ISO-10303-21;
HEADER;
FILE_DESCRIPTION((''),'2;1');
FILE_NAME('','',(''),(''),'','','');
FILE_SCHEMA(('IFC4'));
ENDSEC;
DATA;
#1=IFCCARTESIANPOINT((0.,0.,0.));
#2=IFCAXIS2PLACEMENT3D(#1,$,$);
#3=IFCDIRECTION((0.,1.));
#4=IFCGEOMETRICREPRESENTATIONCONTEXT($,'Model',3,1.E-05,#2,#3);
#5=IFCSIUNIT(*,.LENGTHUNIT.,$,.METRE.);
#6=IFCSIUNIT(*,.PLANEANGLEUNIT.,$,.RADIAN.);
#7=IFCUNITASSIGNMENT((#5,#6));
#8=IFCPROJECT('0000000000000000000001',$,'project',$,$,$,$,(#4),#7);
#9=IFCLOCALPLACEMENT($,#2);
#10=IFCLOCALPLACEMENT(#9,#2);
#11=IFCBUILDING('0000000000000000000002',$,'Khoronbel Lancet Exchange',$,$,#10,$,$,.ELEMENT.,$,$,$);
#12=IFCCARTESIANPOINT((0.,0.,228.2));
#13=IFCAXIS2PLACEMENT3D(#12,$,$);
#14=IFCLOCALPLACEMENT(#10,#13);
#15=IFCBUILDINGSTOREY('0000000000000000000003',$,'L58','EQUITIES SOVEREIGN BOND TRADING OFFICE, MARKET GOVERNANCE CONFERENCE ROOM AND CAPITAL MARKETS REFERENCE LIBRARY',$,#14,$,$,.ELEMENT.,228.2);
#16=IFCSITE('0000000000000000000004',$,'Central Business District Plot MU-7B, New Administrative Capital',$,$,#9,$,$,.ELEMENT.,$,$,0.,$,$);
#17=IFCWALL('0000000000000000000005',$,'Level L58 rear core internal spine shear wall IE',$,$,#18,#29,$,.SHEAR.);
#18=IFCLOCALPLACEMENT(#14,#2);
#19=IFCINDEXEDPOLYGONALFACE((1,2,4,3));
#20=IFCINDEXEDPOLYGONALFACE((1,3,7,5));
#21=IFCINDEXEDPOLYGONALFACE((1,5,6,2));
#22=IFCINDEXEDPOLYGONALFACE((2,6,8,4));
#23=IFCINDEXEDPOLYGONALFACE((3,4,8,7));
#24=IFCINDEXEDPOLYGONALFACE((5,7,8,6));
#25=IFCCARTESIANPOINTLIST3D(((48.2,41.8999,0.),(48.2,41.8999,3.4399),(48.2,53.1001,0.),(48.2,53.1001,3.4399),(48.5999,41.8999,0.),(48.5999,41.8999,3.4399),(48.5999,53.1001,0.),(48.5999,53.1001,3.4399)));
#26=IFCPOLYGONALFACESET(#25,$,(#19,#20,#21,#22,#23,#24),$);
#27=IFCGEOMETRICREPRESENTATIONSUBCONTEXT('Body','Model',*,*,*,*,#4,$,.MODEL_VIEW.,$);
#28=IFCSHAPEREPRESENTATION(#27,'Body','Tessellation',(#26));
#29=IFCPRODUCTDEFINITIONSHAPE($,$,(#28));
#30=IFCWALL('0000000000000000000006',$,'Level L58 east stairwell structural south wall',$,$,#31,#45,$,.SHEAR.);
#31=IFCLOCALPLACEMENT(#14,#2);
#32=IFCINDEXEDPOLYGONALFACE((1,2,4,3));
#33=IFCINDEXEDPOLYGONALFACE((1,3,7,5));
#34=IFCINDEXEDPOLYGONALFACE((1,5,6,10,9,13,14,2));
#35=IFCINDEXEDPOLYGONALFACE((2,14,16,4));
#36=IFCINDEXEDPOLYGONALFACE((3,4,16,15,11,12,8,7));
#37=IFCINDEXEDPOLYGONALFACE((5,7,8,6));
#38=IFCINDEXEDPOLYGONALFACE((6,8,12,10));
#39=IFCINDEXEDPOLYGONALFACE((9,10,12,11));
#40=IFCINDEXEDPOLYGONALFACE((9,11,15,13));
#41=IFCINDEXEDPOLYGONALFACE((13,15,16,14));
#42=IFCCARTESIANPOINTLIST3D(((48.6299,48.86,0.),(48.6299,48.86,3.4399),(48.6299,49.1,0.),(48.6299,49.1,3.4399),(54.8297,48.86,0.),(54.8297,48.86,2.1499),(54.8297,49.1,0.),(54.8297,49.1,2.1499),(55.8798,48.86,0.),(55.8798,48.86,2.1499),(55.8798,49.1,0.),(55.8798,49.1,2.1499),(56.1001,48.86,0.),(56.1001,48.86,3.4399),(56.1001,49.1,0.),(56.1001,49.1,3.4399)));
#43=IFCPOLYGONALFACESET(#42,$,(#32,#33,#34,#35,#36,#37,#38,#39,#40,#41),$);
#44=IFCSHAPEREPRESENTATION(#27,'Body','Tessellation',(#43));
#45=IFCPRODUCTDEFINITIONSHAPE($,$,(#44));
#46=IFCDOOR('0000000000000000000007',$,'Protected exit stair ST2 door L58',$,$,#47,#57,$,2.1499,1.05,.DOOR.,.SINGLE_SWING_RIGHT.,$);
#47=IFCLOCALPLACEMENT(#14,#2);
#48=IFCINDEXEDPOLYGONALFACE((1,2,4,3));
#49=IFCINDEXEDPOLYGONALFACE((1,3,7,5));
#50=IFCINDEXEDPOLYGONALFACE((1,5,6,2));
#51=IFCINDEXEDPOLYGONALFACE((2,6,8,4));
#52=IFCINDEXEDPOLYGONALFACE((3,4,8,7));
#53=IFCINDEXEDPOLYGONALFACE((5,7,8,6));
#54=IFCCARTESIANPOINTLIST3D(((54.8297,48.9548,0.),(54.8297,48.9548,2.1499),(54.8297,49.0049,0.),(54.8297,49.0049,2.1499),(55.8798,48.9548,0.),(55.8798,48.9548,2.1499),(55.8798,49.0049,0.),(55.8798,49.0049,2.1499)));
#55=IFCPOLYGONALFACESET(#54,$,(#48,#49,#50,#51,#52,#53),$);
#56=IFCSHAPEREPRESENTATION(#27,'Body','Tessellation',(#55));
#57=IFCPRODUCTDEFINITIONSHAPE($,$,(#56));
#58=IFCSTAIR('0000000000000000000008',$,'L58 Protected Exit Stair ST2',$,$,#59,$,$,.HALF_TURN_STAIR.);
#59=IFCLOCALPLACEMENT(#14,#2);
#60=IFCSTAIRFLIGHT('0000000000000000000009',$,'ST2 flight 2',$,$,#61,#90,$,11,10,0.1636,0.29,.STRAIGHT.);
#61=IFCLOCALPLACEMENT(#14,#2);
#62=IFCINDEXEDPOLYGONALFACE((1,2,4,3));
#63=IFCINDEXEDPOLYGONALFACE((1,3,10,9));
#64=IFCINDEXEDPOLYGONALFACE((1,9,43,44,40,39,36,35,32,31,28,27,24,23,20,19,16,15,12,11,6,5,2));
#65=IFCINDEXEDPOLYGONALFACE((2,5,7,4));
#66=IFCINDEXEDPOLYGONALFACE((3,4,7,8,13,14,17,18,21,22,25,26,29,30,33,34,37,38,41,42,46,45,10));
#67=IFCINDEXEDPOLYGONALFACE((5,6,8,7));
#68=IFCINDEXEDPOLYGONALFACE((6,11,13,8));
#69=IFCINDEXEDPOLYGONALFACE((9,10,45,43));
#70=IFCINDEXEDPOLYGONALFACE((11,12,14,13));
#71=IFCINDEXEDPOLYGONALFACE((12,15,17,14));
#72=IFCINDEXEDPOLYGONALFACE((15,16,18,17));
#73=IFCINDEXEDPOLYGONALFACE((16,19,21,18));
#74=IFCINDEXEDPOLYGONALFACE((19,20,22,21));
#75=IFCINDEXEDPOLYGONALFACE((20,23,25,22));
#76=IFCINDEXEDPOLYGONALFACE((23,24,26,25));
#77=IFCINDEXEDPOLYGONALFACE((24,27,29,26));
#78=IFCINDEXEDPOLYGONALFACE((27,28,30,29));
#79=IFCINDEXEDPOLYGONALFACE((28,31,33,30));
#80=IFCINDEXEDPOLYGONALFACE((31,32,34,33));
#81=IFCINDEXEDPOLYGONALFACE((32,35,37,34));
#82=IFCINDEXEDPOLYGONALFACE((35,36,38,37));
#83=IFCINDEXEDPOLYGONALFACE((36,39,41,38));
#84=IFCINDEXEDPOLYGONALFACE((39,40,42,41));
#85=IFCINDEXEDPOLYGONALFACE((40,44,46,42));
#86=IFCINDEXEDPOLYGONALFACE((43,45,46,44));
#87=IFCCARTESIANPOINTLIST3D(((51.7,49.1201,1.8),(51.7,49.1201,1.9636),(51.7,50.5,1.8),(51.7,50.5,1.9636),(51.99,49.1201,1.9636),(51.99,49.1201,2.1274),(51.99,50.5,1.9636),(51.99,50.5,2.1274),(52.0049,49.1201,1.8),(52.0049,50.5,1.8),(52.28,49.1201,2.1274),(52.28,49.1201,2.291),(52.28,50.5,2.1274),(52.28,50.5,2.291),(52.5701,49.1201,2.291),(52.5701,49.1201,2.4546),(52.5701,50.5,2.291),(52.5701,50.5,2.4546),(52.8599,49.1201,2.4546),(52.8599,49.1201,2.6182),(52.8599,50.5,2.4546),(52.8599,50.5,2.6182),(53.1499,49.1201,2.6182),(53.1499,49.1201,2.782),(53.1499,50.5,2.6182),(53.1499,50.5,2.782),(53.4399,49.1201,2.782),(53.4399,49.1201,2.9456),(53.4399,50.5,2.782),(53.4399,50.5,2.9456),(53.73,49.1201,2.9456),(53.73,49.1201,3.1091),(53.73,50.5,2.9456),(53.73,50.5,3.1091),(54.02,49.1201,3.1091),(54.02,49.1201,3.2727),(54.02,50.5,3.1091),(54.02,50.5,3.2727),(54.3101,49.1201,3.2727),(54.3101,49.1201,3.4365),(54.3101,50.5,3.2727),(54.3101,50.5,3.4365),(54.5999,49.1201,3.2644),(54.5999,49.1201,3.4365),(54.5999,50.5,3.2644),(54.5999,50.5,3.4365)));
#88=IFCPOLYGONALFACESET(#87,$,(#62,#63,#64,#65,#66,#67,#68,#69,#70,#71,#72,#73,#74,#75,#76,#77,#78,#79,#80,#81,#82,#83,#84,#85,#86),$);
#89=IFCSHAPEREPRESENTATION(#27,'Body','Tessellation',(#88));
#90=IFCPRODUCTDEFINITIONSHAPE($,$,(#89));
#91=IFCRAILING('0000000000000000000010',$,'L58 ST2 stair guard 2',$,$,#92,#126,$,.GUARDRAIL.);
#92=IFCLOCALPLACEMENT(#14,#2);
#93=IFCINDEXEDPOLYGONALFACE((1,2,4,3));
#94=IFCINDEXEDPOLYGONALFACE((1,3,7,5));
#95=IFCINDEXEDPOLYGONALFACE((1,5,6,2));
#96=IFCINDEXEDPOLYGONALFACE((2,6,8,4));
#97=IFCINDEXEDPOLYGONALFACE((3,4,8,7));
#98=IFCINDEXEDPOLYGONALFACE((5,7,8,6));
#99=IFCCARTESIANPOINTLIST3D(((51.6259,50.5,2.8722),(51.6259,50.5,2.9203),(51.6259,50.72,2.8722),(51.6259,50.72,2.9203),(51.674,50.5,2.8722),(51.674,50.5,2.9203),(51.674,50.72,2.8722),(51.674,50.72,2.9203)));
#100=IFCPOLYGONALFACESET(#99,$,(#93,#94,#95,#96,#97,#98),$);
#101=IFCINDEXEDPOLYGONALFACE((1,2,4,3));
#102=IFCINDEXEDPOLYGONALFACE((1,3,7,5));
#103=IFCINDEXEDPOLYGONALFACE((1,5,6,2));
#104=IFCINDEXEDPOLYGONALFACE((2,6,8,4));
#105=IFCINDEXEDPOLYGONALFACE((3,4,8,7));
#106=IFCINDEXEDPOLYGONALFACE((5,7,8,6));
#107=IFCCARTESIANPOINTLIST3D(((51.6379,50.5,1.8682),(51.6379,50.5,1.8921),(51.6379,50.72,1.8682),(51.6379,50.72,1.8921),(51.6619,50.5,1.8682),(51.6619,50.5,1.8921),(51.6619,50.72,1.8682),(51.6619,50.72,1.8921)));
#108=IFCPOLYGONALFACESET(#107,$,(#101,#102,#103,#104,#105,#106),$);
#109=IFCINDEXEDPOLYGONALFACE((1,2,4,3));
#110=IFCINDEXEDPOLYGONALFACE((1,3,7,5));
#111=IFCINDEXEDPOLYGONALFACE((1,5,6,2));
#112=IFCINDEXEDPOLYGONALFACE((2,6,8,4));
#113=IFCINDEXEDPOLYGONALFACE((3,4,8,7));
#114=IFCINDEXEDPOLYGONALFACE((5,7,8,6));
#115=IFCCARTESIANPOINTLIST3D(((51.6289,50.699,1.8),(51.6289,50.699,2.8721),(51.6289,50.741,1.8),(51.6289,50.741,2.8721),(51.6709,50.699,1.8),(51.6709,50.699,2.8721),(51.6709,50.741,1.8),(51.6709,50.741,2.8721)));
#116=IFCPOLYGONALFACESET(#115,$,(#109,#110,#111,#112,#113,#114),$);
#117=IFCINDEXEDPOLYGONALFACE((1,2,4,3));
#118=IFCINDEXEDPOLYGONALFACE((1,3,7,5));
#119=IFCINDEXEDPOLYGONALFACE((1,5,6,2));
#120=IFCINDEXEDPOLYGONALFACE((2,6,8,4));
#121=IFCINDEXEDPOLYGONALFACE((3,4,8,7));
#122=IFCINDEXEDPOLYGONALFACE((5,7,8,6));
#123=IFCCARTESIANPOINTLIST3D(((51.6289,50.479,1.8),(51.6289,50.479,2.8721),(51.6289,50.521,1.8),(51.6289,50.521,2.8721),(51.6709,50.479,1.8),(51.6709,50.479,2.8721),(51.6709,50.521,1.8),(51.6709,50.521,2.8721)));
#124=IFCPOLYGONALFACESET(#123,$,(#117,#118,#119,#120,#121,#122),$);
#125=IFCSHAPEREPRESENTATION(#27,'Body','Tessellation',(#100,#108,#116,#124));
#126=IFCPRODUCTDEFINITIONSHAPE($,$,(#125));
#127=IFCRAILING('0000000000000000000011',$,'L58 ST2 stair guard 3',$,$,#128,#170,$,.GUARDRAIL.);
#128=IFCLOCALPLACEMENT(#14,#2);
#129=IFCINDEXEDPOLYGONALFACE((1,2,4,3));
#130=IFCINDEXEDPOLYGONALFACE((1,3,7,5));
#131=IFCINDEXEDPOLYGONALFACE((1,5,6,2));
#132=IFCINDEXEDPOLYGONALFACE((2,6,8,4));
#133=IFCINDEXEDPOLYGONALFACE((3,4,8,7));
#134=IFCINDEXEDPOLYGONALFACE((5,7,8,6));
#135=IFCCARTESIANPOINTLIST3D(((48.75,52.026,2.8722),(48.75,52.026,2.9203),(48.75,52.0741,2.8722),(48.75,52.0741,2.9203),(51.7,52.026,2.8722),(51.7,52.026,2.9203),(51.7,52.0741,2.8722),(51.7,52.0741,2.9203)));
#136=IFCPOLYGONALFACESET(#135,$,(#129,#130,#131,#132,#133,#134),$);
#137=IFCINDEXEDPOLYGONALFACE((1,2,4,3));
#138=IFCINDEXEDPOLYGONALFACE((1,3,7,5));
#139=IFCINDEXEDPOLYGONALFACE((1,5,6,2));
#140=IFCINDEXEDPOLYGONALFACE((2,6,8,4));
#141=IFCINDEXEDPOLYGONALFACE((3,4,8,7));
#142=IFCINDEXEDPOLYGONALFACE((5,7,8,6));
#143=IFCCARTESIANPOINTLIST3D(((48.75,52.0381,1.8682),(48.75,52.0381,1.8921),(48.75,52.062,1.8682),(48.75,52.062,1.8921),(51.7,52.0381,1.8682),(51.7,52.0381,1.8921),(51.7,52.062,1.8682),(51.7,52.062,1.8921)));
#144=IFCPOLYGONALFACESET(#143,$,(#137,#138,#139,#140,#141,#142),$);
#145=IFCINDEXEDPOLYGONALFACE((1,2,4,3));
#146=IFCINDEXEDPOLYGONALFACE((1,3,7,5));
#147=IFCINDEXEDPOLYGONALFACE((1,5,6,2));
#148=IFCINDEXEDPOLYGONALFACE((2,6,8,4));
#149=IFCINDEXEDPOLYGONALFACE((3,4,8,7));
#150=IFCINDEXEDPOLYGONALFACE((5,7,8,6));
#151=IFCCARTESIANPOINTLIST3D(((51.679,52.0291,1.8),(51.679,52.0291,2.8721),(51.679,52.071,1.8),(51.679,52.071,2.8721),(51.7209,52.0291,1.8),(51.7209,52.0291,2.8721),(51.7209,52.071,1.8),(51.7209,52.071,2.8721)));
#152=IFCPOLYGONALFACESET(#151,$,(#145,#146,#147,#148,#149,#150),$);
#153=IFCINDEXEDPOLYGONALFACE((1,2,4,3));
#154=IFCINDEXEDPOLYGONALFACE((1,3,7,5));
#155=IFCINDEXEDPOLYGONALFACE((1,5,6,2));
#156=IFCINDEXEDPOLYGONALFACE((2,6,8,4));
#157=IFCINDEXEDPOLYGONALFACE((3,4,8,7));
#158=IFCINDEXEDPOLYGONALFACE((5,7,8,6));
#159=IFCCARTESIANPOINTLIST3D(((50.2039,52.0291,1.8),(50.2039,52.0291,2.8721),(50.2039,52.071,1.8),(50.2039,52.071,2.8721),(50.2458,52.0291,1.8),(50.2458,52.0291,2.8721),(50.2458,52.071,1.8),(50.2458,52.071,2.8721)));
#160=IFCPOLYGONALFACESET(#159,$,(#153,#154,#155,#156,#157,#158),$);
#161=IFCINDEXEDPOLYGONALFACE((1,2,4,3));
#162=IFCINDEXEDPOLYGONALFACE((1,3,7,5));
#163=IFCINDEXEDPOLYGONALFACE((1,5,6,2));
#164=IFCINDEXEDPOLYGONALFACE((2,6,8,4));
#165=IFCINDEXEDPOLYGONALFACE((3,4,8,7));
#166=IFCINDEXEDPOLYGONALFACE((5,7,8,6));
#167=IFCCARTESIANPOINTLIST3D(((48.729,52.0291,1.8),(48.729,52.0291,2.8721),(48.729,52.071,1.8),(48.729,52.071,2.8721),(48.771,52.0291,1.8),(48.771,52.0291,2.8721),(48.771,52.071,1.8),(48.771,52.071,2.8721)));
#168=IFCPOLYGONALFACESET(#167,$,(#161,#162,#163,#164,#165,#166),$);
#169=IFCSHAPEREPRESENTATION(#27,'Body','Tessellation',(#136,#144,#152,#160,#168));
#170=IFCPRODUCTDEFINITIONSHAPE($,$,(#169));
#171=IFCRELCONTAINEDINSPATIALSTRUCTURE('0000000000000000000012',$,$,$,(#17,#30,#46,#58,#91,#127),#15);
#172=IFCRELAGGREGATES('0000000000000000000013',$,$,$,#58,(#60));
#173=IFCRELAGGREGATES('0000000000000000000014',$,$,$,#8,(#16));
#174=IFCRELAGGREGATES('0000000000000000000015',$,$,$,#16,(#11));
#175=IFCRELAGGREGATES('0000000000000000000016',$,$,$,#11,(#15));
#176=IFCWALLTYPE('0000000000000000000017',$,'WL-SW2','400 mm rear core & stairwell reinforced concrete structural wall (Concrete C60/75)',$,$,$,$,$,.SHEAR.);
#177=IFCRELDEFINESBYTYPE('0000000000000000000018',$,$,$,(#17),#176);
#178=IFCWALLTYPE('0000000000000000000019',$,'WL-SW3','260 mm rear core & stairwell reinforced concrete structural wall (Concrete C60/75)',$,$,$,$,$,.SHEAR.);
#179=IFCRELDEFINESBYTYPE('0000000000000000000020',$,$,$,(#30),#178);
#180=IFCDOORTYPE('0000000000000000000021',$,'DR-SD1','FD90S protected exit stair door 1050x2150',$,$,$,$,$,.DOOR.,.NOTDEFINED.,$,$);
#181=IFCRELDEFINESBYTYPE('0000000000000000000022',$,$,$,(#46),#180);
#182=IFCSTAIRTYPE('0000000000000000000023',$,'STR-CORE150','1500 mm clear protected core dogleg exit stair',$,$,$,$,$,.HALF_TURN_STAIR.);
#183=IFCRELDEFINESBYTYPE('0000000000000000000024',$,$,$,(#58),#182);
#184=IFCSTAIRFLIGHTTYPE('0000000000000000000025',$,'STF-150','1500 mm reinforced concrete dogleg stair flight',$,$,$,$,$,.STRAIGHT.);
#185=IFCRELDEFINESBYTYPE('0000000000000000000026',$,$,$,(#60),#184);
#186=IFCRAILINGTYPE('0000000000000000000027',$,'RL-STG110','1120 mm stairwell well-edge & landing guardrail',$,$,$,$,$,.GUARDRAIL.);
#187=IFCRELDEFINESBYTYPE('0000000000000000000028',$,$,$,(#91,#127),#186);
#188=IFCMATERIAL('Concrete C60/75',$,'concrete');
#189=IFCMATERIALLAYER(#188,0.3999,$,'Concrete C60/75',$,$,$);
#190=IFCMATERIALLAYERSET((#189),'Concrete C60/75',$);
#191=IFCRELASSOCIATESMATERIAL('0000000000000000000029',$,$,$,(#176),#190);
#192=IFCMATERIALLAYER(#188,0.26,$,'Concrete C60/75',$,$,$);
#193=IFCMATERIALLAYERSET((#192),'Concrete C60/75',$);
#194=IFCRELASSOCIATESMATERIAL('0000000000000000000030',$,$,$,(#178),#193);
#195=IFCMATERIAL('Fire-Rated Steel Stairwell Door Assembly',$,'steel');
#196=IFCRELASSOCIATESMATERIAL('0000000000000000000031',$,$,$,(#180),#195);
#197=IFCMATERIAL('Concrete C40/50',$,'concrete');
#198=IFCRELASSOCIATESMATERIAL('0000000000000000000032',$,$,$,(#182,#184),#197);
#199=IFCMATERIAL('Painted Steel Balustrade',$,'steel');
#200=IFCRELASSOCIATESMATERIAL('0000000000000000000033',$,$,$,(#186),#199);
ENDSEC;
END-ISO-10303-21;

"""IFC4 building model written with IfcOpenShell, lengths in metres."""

from ifc_helpers import new_model, si_unit, direction, frame, frame_2d, origin, origin_2d, place, context, subcontext, project, spatial, polyline, rectangle, outline, extrude, material, layer, layer_set, type_object, element, fill, aggregate, save


model = new_model("IFC4")

# Units and contexts
model_context = context("Model", 3, precision=1e-05, world=origin(), true_north=direction((0.0, 1.0)))
body_context = subcontext(model_context, "Body", "Model", "MODEL_VIEW")
ifc_project = project(units=[si_unit("LENGTHUNIT", "METRE"), si_unit("PLANEANGLEUNIT", "RADIAN")], contexts=[model_context])

# Site, building, storey
site_placement = place(None, origin())
site = spatial("IfcSite", under=ifc_project, at=site_placement, Name="Central Business District Plot MU-7B, New Administrative Capital", CompositionType="ELEMENT", RefElevation=0.0)
building_placement = place(site_placement, origin())
building = spatial("IfcBuilding", under=site, at=building_placement, Name="Khoronbel Lancet Exchange", CompositionType="ELEMENT")
storey_placement = place(building_placement, frame((0.0, 0.0, 228.2)))
storey = spatial("IfcBuildingStorey", under=building, at=storey_placement, Name="L58", Description="EQUITIES SOVEREIGN BOND TRADING OFFICE, MARKET GOVERNANCE CONFERENCE ROOM AND CAPITAL MARKETS REFERENCE LIBRARY", CompositionType="ELEMENT", Elevation=228.2)

# Wall
ifc_material_1 = material(Name="Concrete C60/75", Category="concrete")
ifc_layer_1 = layer(ifc_material_1, 0.3999, Name="Concrete C60/75")
ifc_layer_set_1 = layer_set([ifc_layer_1], Name="Concrete C60/75")
wall_type_1 = type_object("IfcWallType", Name="WL-SW2", Description="400 mm rear core & stairwell reinforced concrete structural wall (Concrete C60/75)", PredefinedType="SHEAR", material=ifc_layer_set_1)
wall_1_placement = place(storey_placement, frame((48.3999, 41.8999, 0.0), z_axis=(0.0, 0.0, 1.0), x_axis=(0.0, 1.0, 0.0)))
element("IfcWall", 1, at=wall_1_placement, inside=storey, type_object=wall_type_1, Name="Level L58 rear core internal spine shear wall IE", PredefinedType="SHEAR", context=body_context, shape_type="SweptSolid", body=[
    extrude(rectangle(XDim=11.2002, YDim=0.3999, at=frame_2d((5.6001, 0.0))), origin(), (0.0, 0.0, 1.0), 3.4399),
])

# Wall, opening, door
ifc_layer_2 = layer(ifc_material_1, 0.26, Name="Concrete C60/75")
ifc_layer_set_2 = layer_set([ifc_layer_2], Name="Concrete C60/75")
wall_type_2 = type_object("IfcWallType", Name="WL-SW3", Description="260 mm rear core & stairwell reinforced concrete structural wall (Concrete C60/75)", PredefinedType="SHEAR", material=ifc_layer_set_2)
wall_2_placement = place(storey_placement, frame((48.6299, 48.98, 0.0), z_axis=(0.0, 0.0, 1.0), x_axis=(1.0, 0.0, 0.0)))
wall_2 = element("IfcWall", 2, at=wall_2_placement, inside=storey, type_object=wall_type_2, Name="Level L58 east stairwell structural south wall", PredefinedType="SHEAR", context=body_context, shape_type="SweptSolid", body=[
    extrude(rectangle(XDim=7.4702, YDim=0.24, at=frame_2d((3.7351, 0.0))), origin(), (0.0, 0.0, 1.0), 3.4399),
])
opening_1_placement = place(wall_2_placement, frame((6.2, 0.0, 0.0)))
opening_1 = element("IfcOpeningElement", 3, at=opening_1_placement, cuts=wall_2, PredefinedType="OPENING", context=body_context, shape_type="SweptSolid", body=[
    extrude(rectangle(XDim=1.05, YDim=2.1499, at=frame_2d((0.5249, 1.075))), frame((0.0, 0.1299, 0.0), z_axis=(0.0, -1.0, 0.0), x_axis=(1.0, 0.0, 0.0)), (0.0, 0.0, 1.0), 0.26),
])
ifc_material_2 = material(Name="Fire-Rated Steel Stairwell Door Assembly", Category="steel")
door_type_1 = type_object("IfcDoorType", Name="DR-SD1", Description="FD90S protected exit stair door 1050x2150", OperationType="NOTDEFINED", PredefinedType="DOOR", material=ifc_material_2)
door_1_placement = place(opening_1_placement, origin())
door_1 = element("IfcDoor", 4, at=door_1_placement, inside=storey, type_object=door_type_1, Name="Protected exit stair ST2 door L58", OperationType="SINGLE_SWING_RIGHT", OverallHeight=2.1499, OverallWidth=1.05, PredefinedType="DOOR", context=body_context, shape_type="SweptSolid", body=[
    extrude(rectangle(XDim=1.05, YDim=2.1499, at=frame_2d((0.5249, 1.075))), frame((0.0, 0.0249, 0.0), z_axis=(0.0, -1.0, 0.0), x_axis=(1.0, 0.0, 0.0)), (0.0, 0.0, 1.0), 0.05),
])
fill(opening_1, door_1)

# Stair, stair flight
ifc_material_3 = material(Name="Concrete C40/50", Category="concrete")
stair_type = type_object("IfcStairType", Name="STR-CORE150", Description="1500 mm clear protected core dogleg exit stair", PredefinedType="HALF_TURN_STAIR", material=ifc_material_3)
stair_placement = place(storey_placement, origin())
stair = element("IfcStair", 5, at=stair_placement, inside=storey, type_object=stair_type, Name="L58 Protected Exit Stair ST2", PredefinedType="HALF_TURN_STAIR")
stair_flight_type = type_object("IfcStairFlightType", Name="STF-150", Description="1500 mm reinforced concrete dogleg stair flight", PredefinedType="STRAIGHT", material=ifc_material_3)
stair_flight_placement = place(storey_placement, frame((51.7, 49.8101, 1.8), z_axis=(0.0, 0.0, 1.0), x_axis=(1.0, 0.0, 0.0)))
stair_flight = element("IfcStairFlight", 6, at=stair_flight_placement, type_object=stair_flight_type, Name="ST2 flight 2", NumberOfRisers=11, NumberOfTreads=10, PredefinedType="STRAIGHT", RiserHeight=0.1636, TreadLength=0.29, context=body_context, shape_type="SweptSolid", body=[
    extrude(outline(polyline([(0.0, 0.0), (0.0, 0.1636), (0.29, 0.1636), (0.29, 0.3274), (0.5801, 0.3274), (0.5801, 0.491), (0.8701, 0.491), (0.8701, 0.6545), (1.1599, 0.6545), (1.1599, 0.8181), (1.45, 0.8181), (1.45, 0.9819), (1.74, 0.9819), (1.74, 1.1455), (2.03, 1.1455), (2.03, 1.3091), (2.3201, 1.3091), (2.3201, 1.4727), (2.6101, 1.4727), (2.6101, 1.6365), (2.8999, 1.6365), (2.8999, 1.8), (2.8999, 1.4644), (0.3049, 0.0), (0.0, 0.0)])), frame((0.0, 0.6899, 0.0), z_axis=(0.0, -1.0, 0.0), x_axis=(1.0, 0.0, 0.0)), (0.0, 0.0, 1.0), 1.3799),
])
aggregate(stair, [stair_flight])

# Railings
ifc_material_4 = material(Name="Painted Steel Balustrade", Category="steel")
railing_type_1 = type_object("IfcRailingType", Name="RL-STG110", Description="1120 mm stairwell well-edge & landing guardrail", PredefinedType="GUARDRAIL", material=ifc_material_4)
railing_1_placement = place(storey_placement, frame((51.6499, 50.72, 1.8)))
element("IfcRailing", 7, at=railing_1_placement, inside=storey, type_object=railing_type_1, Name="L58 ST2 stair guard 2", PredefinedType="GUARDRAIL", context=body_context, shape_type="SweptSolid", body=[
    extrude(rectangle(XDim=0.0481, YDim=0.0481, at=origin_2d()), frame((0.0, 0.0, 1.0962), z_axis=(0.0, -1.0, 0.0), x_axis=(1.0, 0.0, 0.0)), (0.0, 0.0, 1.0), 0.22),
    extrude(rectangle(XDim=0.0239, YDim=0.0239, at=origin_2d()), frame((0.0, 0.0, 0.0801), z_axis=(0.0, -1.0, 0.0), x_axis=(1.0, 0.0, 0.0)), (0.0, 0.0, 1.0), 0.22),
    extrude(rectangle(XDim=0.042, YDim=0.042, at=origin_2d()), origin(), (0.0, 0.0, 1.0), 1.072),
    extrude(rectangle(XDim=0.042, YDim=0.042, at=origin_2d()), frame((0.0, -0.22, 0.0)), (0.0, 0.0, 1.0), 1.072),
])
railing_2_placement = place(storey_placement, frame((51.7, 52.05, 1.8)))
element("IfcRailing", 8, at=railing_2_placement, inside=storey, type_object=railing_type_1, Name="L58 ST2 stair guard 3", PredefinedType="GUARDRAIL", context=body_context, shape_type="SweptSolid", body=[
    extrude(rectangle(XDim=0.0481, YDim=0.0481, at=origin_2d()), frame((0.0, 0.0, 1.0962), z_axis=(-1.0, 0.0, 0.0), x_axis=(0.0, -1.0, 0.0)), (0.0, 0.0, 1.0), 2.95),
    extrude(rectangle(XDim=0.0239, YDim=0.0239, at=origin_2d()), frame((0.0, 0.0, 0.0801), z_axis=(-1.0, 0.0, 0.0), x_axis=(0.0, -1.0, 0.0)), (0.0, 0.0, 1.0), 2.95),
    extrude(rectangle(XDim=0.042, YDim=0.042, at=origin_2d()), origin(), (0.0, 0.0, 1.0), 1.072),
    extrude(rectangle(XDim=0.042, YDim=0.042, at=origin_2d()), frame((-1.4751, 0.0, 0.0)), (0.0, 0.0, 1.0), 1.072),
    extrude(rectangle(XDim=0.042, YDim=0.042, at=origin_2d()), frame((-2.95, 0.0, 0.0)), (0.0, 0.0, 1.0), 1.072),
])

save(model, "model.ifc")
